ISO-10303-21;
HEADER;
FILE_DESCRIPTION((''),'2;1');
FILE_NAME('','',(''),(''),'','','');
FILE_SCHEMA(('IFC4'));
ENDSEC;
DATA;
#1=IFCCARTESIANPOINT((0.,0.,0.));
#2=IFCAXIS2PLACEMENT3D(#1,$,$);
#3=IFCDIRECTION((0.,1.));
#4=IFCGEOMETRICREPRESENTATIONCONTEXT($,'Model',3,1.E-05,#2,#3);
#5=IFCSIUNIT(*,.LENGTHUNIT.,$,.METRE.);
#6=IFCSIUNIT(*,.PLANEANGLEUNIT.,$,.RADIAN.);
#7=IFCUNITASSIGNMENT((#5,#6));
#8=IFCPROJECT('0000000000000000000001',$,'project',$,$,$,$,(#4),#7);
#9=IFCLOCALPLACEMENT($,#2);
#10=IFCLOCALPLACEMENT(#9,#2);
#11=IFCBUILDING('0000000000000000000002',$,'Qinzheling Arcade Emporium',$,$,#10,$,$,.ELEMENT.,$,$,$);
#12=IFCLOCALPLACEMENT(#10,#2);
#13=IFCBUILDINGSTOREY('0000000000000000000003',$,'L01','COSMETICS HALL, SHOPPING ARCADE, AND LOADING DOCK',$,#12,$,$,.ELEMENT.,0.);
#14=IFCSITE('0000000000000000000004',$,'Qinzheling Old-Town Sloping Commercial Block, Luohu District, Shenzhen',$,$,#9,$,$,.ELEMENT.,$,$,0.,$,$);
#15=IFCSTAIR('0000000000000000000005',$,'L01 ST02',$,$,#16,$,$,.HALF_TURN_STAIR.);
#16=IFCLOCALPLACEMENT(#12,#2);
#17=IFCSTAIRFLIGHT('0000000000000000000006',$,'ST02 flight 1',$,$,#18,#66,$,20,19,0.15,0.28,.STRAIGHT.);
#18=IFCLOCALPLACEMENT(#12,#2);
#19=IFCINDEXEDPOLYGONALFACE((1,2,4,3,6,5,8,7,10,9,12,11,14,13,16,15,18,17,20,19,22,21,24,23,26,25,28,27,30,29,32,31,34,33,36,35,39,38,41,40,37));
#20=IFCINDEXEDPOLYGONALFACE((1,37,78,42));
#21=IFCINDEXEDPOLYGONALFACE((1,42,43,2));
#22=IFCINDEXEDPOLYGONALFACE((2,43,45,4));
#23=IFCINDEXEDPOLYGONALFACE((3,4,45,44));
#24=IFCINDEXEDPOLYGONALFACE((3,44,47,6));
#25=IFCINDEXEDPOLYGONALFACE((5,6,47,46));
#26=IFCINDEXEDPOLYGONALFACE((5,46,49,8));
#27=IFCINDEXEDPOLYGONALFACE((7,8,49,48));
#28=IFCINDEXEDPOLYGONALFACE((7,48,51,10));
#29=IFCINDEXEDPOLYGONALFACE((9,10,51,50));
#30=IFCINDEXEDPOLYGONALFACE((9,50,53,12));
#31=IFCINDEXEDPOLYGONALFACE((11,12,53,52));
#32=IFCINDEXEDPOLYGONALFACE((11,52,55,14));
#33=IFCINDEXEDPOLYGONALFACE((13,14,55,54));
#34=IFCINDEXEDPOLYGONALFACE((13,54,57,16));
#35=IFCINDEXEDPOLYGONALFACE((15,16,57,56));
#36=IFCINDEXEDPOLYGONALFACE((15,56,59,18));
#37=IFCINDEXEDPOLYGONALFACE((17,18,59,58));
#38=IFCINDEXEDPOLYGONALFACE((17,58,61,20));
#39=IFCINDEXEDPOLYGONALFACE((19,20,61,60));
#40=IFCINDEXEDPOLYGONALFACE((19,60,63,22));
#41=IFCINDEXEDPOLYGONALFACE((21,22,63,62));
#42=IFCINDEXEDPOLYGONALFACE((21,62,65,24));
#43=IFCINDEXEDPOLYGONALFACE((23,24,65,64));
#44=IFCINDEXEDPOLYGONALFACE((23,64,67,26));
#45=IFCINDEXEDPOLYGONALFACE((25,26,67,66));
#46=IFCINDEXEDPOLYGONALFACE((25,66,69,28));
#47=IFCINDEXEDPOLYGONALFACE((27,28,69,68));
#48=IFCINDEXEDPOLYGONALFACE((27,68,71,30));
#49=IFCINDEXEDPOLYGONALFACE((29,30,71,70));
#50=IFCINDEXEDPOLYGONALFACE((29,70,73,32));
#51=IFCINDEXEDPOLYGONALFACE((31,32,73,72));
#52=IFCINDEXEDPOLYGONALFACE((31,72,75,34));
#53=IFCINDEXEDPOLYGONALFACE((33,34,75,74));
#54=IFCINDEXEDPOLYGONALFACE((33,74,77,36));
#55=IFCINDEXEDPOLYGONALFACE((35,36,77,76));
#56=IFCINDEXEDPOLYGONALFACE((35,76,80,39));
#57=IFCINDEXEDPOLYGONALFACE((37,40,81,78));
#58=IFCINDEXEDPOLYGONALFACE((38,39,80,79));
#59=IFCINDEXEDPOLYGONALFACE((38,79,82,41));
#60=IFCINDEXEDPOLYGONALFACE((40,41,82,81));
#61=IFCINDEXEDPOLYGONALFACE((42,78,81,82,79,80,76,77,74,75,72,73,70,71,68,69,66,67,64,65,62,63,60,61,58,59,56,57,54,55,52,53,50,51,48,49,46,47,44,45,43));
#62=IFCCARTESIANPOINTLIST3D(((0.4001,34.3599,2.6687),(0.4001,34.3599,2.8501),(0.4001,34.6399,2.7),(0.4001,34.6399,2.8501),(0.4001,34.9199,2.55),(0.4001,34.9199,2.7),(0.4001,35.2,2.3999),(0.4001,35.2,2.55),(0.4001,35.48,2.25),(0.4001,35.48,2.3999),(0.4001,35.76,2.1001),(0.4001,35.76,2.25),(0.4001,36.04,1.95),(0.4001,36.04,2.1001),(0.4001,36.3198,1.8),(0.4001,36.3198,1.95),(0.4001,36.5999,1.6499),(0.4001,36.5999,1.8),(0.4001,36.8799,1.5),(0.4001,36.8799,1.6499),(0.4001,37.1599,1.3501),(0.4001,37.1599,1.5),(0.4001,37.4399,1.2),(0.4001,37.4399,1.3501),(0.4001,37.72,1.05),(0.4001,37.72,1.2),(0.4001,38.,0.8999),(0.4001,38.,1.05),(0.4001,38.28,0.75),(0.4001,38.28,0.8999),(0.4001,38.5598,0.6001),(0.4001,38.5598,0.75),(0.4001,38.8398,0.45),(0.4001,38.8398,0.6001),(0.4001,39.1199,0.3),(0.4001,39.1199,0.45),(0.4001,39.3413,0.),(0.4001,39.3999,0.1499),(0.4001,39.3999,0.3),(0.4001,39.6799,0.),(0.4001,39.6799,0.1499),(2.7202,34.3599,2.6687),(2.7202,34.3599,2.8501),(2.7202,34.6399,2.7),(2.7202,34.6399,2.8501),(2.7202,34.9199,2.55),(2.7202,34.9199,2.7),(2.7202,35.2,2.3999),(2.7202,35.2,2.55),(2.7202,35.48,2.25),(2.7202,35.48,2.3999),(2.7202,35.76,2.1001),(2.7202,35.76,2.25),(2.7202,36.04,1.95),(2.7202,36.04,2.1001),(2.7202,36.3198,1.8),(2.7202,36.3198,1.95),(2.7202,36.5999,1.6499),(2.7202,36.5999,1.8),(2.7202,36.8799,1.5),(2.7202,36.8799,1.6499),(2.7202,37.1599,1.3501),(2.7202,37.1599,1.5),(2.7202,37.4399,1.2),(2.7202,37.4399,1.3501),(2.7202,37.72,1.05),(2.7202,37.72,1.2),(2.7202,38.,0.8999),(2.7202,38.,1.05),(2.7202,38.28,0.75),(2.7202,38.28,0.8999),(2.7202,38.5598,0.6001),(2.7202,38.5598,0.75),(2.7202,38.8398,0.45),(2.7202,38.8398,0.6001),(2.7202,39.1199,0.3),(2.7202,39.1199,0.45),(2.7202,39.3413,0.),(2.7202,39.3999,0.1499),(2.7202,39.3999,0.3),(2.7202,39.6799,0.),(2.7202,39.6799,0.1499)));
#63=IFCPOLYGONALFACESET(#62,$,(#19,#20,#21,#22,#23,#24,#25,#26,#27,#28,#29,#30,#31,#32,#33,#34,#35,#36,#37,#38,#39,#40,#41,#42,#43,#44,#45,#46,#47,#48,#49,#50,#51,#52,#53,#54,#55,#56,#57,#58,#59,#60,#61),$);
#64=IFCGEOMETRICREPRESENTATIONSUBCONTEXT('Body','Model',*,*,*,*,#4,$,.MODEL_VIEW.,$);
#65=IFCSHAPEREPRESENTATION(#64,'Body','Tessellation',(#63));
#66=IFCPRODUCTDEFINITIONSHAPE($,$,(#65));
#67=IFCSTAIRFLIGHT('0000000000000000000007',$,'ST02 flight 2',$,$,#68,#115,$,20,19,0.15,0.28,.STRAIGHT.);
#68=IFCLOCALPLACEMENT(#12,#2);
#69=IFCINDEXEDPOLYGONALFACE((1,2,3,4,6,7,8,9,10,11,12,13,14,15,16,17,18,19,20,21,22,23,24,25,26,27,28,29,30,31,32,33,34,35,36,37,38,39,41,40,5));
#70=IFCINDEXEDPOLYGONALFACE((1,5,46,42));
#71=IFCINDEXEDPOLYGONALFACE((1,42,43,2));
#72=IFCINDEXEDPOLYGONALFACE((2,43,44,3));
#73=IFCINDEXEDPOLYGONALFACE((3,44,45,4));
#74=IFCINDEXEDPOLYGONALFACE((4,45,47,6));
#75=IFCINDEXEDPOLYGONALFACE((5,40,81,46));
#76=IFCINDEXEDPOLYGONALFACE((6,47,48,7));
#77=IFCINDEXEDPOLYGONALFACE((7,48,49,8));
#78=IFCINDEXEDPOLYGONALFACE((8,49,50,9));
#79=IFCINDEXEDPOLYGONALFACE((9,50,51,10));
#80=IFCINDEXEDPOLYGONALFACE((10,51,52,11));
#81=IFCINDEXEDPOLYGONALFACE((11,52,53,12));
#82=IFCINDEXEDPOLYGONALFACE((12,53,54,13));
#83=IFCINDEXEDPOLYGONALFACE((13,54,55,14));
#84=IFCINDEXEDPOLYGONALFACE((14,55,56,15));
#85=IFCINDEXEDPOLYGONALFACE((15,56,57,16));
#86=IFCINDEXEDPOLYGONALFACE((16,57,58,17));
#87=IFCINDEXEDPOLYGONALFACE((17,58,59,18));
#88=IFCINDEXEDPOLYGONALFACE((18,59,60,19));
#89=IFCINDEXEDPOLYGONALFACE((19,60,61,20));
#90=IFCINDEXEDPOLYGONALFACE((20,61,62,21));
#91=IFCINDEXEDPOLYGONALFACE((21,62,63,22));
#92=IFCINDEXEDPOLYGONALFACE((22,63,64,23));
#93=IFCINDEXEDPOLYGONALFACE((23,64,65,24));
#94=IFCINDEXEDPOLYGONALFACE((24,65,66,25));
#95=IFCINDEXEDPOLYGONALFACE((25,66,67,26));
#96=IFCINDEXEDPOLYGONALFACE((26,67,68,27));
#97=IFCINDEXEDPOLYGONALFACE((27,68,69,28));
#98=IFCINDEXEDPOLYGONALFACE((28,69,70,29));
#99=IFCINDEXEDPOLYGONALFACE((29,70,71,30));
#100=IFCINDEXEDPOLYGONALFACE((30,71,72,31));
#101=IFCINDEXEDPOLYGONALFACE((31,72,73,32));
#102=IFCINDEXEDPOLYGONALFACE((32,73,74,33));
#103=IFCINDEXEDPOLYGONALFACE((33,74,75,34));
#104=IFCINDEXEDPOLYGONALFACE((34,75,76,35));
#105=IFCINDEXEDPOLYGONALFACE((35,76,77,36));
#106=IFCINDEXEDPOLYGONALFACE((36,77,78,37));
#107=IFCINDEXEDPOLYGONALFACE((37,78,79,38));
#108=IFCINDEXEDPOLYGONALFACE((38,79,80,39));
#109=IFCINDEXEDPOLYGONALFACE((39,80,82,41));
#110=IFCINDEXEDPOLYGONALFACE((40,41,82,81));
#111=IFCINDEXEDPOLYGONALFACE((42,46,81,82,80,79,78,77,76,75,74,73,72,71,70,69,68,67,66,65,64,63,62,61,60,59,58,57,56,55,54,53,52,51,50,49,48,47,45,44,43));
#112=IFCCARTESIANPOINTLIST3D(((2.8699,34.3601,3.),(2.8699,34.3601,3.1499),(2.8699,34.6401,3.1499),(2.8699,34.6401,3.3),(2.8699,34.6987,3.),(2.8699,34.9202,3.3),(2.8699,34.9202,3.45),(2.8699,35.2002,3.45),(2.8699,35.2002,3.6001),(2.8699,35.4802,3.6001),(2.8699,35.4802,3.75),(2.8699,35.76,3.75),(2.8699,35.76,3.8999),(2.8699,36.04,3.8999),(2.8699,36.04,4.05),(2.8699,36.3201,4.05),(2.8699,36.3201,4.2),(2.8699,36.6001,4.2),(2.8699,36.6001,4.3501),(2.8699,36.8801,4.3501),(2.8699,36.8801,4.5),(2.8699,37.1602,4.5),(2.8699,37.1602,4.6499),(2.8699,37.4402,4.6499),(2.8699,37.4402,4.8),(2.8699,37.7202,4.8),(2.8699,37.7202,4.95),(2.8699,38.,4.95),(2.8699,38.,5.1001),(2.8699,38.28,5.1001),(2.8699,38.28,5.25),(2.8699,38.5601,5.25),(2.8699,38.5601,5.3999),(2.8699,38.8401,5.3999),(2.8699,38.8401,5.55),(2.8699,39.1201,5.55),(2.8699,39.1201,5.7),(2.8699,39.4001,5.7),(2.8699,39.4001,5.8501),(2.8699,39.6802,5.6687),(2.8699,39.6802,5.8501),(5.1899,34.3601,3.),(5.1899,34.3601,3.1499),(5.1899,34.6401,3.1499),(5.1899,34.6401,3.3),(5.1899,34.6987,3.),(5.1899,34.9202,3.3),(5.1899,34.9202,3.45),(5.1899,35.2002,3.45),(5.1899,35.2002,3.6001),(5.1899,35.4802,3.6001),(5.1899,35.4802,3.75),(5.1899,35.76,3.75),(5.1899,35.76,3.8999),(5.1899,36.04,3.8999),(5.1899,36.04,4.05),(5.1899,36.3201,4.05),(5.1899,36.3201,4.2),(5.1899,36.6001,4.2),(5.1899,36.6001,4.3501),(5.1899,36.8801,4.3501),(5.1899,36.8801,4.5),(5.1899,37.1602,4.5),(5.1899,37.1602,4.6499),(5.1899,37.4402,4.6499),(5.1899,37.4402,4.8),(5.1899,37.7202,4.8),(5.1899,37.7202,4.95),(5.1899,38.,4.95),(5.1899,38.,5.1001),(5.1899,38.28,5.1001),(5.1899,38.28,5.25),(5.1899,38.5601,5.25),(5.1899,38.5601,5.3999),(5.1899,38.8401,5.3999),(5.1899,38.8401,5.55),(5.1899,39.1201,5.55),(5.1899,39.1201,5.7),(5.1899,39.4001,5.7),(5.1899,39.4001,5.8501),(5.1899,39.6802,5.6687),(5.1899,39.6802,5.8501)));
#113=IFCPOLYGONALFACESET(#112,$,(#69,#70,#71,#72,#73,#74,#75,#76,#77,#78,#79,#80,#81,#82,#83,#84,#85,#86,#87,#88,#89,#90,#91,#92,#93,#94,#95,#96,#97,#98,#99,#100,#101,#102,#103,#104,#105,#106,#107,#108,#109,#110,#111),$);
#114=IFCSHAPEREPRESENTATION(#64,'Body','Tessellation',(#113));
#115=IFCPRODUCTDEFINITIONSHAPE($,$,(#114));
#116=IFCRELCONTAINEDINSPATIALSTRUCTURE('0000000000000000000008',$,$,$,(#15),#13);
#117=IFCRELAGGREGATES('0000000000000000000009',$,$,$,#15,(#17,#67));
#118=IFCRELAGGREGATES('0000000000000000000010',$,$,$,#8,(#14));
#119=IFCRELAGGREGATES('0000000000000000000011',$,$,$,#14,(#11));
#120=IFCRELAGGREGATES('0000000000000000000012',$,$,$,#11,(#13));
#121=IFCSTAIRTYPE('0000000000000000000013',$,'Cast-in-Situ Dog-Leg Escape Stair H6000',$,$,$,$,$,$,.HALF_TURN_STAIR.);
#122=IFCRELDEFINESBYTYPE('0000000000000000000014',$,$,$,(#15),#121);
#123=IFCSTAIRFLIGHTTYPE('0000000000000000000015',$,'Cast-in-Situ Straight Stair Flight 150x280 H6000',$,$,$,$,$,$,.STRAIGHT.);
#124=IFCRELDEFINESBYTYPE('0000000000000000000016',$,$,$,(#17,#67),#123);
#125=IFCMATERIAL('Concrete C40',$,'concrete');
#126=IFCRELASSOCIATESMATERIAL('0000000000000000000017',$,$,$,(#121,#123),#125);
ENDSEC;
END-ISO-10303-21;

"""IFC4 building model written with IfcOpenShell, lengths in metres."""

from ifc_helpers import new_model, si_unit, direction, frame, origin, place, context, subcontext, project, spatial, polyline, outline, extrude, material, type_object, element, aggregate, save


model = new_model("IFC4")

# Units and contexts
model_context = context("Model", 3, precision=1e-05, world=origin(), true_north=direction((0.0, 1.0)))
body_context = subcontext(model_context, "Body", "Model", "MODEL_VIEW")
ifc_project = project(units=[si_unit("LENGTHUNIT", "METRE"), si_unit("PLANEANGLEUNIT", "RADIAN")], contexts=[model_context])

# Site, building, storey
site_placement = place(None, origin())
site = spatial("IfcSite", under=ifc_project, at=site_placement, Name="Qinzheling Old-Town Sloping Commercial Block, Luohu District, Shenzhen", CompositionType="ELEMENT", RefElevation=0.0)
building_placement = place(site_placement, origin())
building = spatial("IfcBuilding", under=site, at=building_placement, Name="Qinzheling Arcade Emporium", CompositionType="ELEMENT")
storey_placement = place(building_placement, origin())
storey = spatial("IfcBuildingStorey", under=building, at=storey_placement, Name="L01", Description="COSMETICS HALL, SHOPPING ARCADE, AND LOADING DOCK", CompositionType="ELEMENT", Elevation=0.0)

# Shared definitions
ifc_material_1 = material(Name="Concrete C40", Category="concrete")

# Stair, stair flights
stair_type = type_object("IfcStairType", Name="Cast-in-Situ Dog-Leg Escape Stair H6000", PredefinedType="HALF_TURN_STAIR", material=ifc_material_1)
stair_placement = place(storey_placement, origin())
stair = element("IfcStair", 1, at=stair_placement, inside=storey, type_object=stair_type, Name="L01 ST02", PredefinedType="HALF_TURN_STAIR")
stair_flight_type = type_object("IfcStairFlightType", Name="Cast-in-Situ Straight Stair Flight 150x280 H6000", PredefinedType="STRAIGHT", material=ifc_material_1)
stair_flight_1_placement = place(storey_placement, frame((1.5601, 39.6799, 0.0), z_axis=(0.0, 0.0, 1.0), x_axis=(0.0, -1.0, 0.0)))
stair_flight_1 = element("IfcStairFlight", 2, at=stair_flight_1_placement, type_object=stair_flight_type, Name="ST02 flight 1", NumberOfRisers=20, NumberOfTreads=19, PredefinedType="STRAIGHT", RiserHeight=0.15, TreadLength=0.28, context=body_context, shape_type="SweptSolid", body=[
    extrude(outline(polyline([(0.0, 0.0), (0.0, 0.1499), (0.28, 0.1499), (0.28, 0.3), (0.5601, 0.3), (0.5601, 0.45), (0.8401, 0.45), (0.8401, 0.6001), (1.1201, 0.6001), (1.1201, 0.75), (1.3999, 0.75), (1.3999, 0.8999), (1.6799, 0.8999), (1.6799, 1.05), (1.96, 1.05), (1.96, 1.2), (2.24, 1.2), (2.24, 1.3501), (2.52, 1.3501), (2.52, 1.5), (2.8, 1.5), (2.8, 1.6499), (3.0801, 1.6499), (3.0801, 1.8), (3.3601, 1.8), (3.3601, 1.95), (3.6399, 1.95), (3.6399, 2.1001), (3.9199, 2.1001), (3.9199, 2.25), (4.2, 2.25), (4.2, 2.3999), (4.48, 2.3999), (4.48, 2.55), (4.76, 2.55), (4.76, 2.7), (5.04, 2.7), (5.04, 2.8501), (5.3201, 2.8501), (5.3201, 3.0), (5.3201, 2.6687), (0.3386, 0.0), (0.0, 0.0)])), frame((0.0, 1.1602, 0.0), z_axis=(0.0, -1.0, 0.0), x_axis=(1.0, 0.0, 0.0)), (0.0, 0.0, 1.0), 2.3201),
])
stair_flight_2_placement = place(storey_placement, frame((4.03, 34.3601, 3.0), z_axis=(0.0, 0.0, 1.0), x_axis=(0.0, 1.0, 0.0)))
stair_flight_2 = element("IfcStairFlight", 3, at=stair_flight_2_placement, type_object=stair_flight_type, Name="ST02 flight 2", NumberOfRisers=20, NumberOfTreads=19, PredefinedType="STRAIGHT", RiserHeight=0.15, TreadLength=0.28, context=body_context, shape_type="SweptSolid", body=[
    extrude(outline(polyline([(0.0, 0.0), (0.0, 0.1499), (0.28, 0.1499), (0.28, 0.3), (0.5601, 0.3), (0.5601, 0.45), (0.8401, 0.45), (0.8401, 0.6001), (1.1201, 0.6001), (1.1201, 0.75), (1.3999, 0.75), (1.3999, 0.8999), (1.6799, 0.8999), (1.6799, 1.05), (1.96, 1.05), (1.96, 1.2), (2.24, 1.2), (2.24, 1.3501), (2.52, 1.3501), (2.52, 1.5), (2.8, 1.5), (2.8, 1.6499), (3.0801, 1.6499), (3.0801, 1.8), (3.3601, 1.8), (3.3601, 1.95), (3.6399, 1.95), (3.6399, 2.1001), (3.9199, 2.1001), (3.9199, 2.25), (4.2, 2.25), (4.2, 2.3999), (4.48, 2.3999), (4.48, 2.55), (4.76, 2.55), (4.76, 2.7), (5.04, 2.7), (5.04, 2.8501), (5.3201, 2.8501), (5.3201, 3.0), (5.3201, 2.6687), (0.3386, 0.0), (0.0, 0.0)])), frame((0.0, 1.1602, 0.0), z_axis=(0.0, -1.0, 0.0), x_axis=(1.0, 0.0, 0.0)), (0.0, 0.0, 1.0), 2.3201),
])
aggregate(stair, [stair_flight_1, stair_flight_2])

save(model, "model.ifc")
